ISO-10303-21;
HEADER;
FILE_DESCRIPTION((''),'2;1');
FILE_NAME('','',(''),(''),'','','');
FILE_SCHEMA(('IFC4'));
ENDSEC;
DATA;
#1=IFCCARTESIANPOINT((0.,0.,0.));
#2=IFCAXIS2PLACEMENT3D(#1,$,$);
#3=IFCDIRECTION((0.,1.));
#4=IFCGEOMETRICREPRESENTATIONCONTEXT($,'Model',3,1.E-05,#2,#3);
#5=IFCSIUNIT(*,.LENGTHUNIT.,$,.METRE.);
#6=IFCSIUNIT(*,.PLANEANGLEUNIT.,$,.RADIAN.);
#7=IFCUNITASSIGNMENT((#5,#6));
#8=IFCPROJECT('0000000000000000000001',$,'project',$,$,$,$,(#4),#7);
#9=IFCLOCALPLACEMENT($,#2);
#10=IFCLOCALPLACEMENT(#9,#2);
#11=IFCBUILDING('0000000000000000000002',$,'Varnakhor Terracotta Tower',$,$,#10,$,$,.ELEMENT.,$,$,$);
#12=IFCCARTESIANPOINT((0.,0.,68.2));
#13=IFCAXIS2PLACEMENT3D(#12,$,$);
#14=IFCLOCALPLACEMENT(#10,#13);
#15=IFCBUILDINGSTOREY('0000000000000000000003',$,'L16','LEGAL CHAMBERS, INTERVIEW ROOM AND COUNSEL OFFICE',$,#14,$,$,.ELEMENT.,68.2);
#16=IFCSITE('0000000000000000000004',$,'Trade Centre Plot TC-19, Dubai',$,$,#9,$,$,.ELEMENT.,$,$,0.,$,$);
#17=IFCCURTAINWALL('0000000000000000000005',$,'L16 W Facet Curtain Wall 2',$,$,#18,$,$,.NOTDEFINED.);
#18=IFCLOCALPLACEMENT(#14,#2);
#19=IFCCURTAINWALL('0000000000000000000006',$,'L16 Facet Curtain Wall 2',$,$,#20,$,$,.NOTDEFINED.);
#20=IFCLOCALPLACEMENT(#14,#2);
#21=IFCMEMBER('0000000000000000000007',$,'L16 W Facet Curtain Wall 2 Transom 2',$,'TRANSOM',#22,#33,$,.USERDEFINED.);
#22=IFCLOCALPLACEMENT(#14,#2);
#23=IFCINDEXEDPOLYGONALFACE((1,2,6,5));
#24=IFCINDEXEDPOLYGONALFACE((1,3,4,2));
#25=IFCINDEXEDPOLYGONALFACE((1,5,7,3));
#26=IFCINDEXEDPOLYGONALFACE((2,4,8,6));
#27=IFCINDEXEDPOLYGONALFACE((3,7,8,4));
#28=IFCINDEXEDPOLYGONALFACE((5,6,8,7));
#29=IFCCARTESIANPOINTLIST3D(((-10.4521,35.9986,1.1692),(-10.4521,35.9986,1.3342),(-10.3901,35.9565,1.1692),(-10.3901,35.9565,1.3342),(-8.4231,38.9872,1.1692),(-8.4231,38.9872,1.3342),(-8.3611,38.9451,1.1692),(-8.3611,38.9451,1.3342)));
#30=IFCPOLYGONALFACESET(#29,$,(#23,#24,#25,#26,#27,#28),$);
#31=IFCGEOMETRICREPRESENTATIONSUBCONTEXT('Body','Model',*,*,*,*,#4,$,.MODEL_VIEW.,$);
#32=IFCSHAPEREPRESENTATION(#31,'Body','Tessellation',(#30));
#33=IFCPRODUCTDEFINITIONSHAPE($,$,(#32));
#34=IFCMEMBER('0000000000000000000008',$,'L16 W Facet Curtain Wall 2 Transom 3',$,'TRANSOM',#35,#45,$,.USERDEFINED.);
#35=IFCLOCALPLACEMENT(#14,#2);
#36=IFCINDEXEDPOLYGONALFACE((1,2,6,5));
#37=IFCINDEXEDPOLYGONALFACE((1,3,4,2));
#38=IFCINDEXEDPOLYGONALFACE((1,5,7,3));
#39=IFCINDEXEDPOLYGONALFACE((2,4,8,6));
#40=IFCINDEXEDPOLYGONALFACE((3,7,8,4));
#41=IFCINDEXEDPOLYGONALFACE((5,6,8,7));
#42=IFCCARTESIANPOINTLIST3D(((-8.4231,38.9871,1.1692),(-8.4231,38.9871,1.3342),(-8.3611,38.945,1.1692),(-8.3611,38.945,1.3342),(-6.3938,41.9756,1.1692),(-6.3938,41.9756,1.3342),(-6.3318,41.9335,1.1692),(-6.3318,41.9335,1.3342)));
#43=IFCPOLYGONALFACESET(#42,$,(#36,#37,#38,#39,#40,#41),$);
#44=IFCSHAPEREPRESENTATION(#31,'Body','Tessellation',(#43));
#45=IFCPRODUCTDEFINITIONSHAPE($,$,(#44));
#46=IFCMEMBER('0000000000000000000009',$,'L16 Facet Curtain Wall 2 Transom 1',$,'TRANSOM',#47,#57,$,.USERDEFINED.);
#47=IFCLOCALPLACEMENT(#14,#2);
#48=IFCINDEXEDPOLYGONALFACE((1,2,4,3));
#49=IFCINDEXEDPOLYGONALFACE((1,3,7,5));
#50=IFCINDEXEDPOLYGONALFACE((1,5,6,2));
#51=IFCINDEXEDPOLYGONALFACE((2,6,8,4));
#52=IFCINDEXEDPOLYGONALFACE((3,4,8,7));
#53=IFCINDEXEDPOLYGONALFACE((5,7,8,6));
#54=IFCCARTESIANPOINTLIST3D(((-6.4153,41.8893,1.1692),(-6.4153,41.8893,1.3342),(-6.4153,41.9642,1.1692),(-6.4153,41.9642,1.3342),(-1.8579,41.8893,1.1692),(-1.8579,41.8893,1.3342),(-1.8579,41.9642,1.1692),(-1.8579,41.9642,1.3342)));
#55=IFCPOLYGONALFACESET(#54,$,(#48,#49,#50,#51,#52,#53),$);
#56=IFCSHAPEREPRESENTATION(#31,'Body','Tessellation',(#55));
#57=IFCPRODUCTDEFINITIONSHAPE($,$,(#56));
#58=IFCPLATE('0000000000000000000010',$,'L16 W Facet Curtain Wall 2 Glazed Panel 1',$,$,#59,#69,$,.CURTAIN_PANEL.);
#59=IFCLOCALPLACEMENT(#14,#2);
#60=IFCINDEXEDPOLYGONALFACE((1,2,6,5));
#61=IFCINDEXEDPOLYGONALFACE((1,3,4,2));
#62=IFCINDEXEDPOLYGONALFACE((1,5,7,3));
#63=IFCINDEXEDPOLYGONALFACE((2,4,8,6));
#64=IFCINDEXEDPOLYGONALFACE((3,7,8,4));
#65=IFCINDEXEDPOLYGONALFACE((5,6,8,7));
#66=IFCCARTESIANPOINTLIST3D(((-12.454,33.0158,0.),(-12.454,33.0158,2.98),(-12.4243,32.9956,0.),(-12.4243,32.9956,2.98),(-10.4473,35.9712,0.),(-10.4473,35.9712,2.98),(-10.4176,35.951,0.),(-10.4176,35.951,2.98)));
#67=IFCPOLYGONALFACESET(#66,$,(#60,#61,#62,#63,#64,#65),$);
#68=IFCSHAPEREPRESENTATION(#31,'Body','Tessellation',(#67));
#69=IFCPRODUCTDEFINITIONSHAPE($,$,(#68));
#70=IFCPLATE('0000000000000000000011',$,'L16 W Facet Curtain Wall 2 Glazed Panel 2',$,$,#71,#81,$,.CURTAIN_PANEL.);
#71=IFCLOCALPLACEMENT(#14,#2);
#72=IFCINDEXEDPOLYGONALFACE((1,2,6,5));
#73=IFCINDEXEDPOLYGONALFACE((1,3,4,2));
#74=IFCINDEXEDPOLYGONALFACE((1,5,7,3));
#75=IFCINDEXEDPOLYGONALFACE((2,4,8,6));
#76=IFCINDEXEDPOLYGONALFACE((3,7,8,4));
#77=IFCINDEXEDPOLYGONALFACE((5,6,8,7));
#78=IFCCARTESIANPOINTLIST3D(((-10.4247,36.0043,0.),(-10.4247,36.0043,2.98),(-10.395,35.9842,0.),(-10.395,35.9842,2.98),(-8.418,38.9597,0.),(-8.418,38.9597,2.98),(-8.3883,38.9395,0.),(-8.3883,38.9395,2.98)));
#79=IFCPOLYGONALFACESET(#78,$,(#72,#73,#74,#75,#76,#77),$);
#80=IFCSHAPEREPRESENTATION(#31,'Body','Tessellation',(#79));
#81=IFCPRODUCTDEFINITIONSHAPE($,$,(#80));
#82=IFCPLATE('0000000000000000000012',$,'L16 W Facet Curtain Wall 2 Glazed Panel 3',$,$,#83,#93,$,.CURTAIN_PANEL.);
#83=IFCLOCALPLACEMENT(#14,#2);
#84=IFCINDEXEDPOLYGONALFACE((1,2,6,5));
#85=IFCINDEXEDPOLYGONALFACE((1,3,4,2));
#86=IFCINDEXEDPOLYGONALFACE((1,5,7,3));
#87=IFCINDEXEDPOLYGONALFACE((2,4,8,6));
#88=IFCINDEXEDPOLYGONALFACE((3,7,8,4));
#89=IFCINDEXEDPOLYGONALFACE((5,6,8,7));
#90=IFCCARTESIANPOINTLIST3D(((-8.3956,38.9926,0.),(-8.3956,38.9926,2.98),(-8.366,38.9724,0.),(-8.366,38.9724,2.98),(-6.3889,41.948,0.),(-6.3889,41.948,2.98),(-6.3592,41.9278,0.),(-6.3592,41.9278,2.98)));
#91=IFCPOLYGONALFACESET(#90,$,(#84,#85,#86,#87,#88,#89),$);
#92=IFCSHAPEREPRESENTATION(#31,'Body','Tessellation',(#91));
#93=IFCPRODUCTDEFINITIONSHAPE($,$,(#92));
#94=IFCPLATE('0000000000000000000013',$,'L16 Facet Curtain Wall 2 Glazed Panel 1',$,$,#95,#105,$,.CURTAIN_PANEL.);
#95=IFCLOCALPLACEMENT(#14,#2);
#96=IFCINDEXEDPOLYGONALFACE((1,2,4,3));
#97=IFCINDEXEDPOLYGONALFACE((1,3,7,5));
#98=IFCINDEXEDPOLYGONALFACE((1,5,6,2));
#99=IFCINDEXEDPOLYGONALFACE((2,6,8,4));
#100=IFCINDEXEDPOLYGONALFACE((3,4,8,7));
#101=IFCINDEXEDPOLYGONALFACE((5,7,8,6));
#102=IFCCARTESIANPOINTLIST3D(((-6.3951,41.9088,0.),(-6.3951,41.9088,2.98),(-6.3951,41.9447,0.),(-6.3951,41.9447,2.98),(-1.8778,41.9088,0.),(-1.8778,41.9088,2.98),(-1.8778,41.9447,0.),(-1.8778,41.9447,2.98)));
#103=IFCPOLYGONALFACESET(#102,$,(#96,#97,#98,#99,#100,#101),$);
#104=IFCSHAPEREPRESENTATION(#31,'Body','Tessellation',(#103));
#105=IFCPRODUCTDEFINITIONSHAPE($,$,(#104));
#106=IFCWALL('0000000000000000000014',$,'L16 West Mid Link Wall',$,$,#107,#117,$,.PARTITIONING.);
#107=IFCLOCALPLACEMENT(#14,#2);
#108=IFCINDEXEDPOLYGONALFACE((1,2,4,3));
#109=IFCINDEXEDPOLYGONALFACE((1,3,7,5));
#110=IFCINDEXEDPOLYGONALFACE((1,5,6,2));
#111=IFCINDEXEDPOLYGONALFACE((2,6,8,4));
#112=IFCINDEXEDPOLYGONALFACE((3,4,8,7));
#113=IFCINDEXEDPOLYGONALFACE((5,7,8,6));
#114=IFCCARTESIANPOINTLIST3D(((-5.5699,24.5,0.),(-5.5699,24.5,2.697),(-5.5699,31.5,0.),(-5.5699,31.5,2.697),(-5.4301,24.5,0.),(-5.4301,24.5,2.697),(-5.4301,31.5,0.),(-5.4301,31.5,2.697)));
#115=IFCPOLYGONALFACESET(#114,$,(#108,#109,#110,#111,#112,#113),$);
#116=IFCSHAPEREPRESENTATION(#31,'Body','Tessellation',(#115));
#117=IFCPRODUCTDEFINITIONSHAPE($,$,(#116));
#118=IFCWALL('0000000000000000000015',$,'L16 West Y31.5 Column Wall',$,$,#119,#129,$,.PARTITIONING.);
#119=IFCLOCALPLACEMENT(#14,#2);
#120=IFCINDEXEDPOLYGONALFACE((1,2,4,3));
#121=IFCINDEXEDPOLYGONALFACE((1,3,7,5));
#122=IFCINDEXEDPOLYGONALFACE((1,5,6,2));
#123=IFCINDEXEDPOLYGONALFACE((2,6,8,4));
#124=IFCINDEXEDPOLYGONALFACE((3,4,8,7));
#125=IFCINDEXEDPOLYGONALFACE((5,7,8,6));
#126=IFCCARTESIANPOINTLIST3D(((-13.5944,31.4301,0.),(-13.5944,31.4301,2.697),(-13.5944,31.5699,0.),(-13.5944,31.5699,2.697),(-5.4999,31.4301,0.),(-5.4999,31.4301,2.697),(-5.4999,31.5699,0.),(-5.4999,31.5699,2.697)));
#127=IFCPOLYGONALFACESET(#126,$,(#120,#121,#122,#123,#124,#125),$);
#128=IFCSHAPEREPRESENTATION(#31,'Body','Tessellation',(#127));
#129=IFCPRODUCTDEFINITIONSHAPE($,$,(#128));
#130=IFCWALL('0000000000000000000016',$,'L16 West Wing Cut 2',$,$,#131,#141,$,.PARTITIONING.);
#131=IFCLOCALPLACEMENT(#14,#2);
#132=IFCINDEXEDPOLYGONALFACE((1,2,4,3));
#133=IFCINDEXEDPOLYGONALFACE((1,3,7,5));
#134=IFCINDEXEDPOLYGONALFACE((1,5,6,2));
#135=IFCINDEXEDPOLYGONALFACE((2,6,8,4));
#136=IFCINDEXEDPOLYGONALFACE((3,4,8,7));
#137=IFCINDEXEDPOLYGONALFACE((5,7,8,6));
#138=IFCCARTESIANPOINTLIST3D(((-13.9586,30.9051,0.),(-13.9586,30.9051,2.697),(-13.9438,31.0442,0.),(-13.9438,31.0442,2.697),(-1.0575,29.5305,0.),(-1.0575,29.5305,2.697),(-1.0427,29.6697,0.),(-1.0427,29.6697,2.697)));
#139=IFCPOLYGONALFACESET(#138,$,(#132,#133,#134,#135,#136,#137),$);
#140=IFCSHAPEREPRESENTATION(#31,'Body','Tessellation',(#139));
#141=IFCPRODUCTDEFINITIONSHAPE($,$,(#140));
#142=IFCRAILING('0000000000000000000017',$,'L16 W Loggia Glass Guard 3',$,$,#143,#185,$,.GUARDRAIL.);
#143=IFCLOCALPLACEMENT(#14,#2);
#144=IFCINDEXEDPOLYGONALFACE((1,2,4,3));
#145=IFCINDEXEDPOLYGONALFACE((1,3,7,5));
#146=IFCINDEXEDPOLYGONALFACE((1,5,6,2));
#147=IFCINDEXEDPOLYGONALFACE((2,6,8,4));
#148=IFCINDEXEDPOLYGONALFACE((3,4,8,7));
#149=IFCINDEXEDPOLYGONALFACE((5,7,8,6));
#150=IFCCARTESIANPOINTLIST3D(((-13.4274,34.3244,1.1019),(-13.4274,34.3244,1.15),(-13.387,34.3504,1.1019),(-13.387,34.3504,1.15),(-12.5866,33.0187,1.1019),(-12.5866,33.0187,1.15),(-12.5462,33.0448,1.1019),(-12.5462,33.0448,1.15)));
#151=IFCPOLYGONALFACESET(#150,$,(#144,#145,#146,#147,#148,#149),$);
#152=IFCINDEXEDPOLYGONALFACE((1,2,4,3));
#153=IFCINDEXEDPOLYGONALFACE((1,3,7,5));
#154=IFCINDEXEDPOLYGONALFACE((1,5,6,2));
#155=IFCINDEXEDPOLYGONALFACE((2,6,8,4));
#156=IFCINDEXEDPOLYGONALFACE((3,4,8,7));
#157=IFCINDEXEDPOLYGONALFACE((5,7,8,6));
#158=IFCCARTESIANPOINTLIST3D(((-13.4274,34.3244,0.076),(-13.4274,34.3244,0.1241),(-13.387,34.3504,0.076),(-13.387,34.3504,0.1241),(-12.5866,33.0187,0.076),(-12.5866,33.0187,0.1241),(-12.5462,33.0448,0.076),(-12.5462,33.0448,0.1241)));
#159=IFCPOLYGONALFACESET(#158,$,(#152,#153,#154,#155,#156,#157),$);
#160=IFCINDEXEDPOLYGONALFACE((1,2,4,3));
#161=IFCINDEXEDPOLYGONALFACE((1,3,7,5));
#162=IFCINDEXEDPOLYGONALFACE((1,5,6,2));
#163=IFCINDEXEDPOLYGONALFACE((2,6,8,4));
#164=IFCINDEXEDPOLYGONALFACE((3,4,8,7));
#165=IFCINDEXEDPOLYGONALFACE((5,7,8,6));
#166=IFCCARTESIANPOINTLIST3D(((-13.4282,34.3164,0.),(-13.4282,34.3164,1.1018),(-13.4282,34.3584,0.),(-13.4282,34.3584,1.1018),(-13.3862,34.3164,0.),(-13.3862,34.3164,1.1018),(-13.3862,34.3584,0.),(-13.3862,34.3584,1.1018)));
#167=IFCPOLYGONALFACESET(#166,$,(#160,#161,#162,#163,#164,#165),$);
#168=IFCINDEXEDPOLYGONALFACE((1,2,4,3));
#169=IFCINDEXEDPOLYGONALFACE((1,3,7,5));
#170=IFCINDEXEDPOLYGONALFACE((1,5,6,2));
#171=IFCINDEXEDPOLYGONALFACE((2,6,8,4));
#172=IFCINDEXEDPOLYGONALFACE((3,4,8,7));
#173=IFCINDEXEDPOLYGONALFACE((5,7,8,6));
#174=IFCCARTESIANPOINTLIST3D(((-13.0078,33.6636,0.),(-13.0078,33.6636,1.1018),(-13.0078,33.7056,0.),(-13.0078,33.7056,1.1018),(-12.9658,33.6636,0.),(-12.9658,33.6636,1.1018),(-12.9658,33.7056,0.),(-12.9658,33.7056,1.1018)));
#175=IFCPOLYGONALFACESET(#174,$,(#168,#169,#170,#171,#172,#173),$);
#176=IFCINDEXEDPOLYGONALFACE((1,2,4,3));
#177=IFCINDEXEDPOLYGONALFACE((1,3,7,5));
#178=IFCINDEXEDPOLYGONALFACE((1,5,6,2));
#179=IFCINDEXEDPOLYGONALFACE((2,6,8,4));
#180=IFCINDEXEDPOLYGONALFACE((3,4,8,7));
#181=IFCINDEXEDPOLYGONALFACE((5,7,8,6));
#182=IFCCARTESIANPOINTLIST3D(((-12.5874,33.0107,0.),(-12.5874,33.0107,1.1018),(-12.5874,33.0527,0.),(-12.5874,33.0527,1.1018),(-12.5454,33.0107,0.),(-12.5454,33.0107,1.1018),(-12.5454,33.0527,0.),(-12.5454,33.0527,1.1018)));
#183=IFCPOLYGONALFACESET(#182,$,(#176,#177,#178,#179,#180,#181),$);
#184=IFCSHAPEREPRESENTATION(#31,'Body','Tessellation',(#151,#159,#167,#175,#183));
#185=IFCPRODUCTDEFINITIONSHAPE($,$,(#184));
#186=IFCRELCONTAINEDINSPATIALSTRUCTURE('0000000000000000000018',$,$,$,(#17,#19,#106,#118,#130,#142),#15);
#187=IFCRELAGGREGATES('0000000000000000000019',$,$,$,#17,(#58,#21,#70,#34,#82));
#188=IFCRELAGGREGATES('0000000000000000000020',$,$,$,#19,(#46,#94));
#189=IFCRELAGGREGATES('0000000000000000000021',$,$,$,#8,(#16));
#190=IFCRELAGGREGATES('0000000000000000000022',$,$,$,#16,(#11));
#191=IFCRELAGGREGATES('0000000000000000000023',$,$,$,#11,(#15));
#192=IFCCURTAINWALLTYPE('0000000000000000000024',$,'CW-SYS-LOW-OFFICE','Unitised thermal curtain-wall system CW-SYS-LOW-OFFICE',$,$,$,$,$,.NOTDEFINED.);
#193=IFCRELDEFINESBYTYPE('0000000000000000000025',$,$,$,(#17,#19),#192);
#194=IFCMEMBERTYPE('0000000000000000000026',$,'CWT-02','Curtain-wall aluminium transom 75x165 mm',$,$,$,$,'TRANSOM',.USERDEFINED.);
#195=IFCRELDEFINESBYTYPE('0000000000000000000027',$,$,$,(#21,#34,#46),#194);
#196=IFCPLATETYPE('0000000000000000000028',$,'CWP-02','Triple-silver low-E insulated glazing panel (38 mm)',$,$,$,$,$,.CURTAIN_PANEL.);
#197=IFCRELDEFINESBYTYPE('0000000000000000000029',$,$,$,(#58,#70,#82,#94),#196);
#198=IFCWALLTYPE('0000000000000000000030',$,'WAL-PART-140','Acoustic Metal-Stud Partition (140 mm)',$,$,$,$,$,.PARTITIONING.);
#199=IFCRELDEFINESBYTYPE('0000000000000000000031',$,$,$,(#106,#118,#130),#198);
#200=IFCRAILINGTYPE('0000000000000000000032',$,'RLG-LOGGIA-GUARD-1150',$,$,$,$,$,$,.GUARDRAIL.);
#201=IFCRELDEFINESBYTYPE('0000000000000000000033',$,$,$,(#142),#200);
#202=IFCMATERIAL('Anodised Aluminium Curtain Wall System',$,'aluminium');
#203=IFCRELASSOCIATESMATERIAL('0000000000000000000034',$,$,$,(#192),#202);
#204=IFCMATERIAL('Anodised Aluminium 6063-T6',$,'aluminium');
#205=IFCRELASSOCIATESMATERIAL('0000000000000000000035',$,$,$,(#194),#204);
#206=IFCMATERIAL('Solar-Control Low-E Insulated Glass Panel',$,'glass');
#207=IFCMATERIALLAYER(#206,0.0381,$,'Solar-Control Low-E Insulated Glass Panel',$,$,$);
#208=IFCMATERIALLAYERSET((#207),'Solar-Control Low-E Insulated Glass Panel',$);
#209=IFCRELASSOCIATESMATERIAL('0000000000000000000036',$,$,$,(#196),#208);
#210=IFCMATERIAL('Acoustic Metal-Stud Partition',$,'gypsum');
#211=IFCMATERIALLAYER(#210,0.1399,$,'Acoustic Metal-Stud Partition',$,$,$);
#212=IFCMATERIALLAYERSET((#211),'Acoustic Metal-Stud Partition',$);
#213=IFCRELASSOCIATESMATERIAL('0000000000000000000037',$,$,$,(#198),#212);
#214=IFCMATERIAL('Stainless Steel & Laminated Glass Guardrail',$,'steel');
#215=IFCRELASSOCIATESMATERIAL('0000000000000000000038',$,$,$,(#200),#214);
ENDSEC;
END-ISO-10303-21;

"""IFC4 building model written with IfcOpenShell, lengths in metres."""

from ifc_helpers import new_model, si_unit, direction, frame, frame_2d, origin, origin_2d, place, context, subcontext, project, spatial, rectangle, extrude, source, transform, mapped, material, layer, layer_set, material_profile, profile_set, type_object, element, aggregate, save


model = new_model("IFC4")

# Units and contexts
model_context = context("Model", 3, precision=1e-05, world=origin(), true_north=direction((0.0, 1.0)))
body_context = subcontext(model_context, "Body", "Model", "MODEL_VIEW")
ifc_project = project(units=[si_unit("LENGTHUNIT", "METRE"), si_unit("PLANEANGLEUNIT", "RADIAN")], contexts=[model_context])

# Site, building, storey
site_placement = place(None, origin())
site = spatial("IfcSite", under=ifc_project, at=site_placement, Name="Trade Centre Plot TC-19, Dubai", CompositionType="ELEMENT", RefElevation=0.0)
building_placement = place(site_placement, origin())
building = spatial("IfcBuilding", under=site, at=building_placement, Name="Varnakhor Terracotta Tower", CompositionType="ELEMENT")
storey_placement = place(building_placement, frame((0.0, 0.0, 68.2)))
storey = spatial("IfcBuildingStorey", under=building, at=storey_placement, Name="L16", Description="LEGAL CHAMBERS, INTERVIEW ROOM AND COUNSEL OFFICE", CompositionType="ELEMENT", Elevation=68.2)

# Curtain walls
ifc_material_1 = material(Name="Anodised Aluminium Curtain Wall System", Category="aluminium")
curtain_wall_type = type_object("IfcCurtainWallType", Name="CW-SYS-LOW-OFFICE", Description="Unitised thermal curtain-wall system CW-SYS-LOW-OFFICE", PredefinedType="NOTDEFINED", material=ifc_material_1)
curtain_wall_1_placement = place(storey_placement, origin())
curtain_wall_1 = element("IfcCurtainWall", 1, at=curtain_wall_1_placement, inside=storey, type_object=curtain_wall_type, Name="L16 W Facet Curtain Wall 2", PredefinedType="NOTDEFINED")
ifc_material_2 = material(Name="Anodised Aluminium 6063-T6", Category="aluminium")
curtain_wall_2_placement = place(storey_placement, origin())
curtain_wall_2 = element("IfcCurtainWall", 2, at=curtain_wall_2_placement, inside=storey, type_object=curtain_wall_type, Name="L16 Facet Curtain Wall 2", PredefinedType="NOTDEFINED")

# Members
ifc_material_profile_1 = material_profile(ifc_material_2, rectangle(XDim=0.075, YDim=0.165, at=origin_2d()), Name="ALU TRANSOM 75x165")
ifc_profile_set_1 = profile_set([ifc_material_profile_1], Name="Anodised Aluminium 6063-T6")
member_type_1 = type_object("IfcMemberType", Name="CWT-02", Description="Curtain-wall aluminium transom 75x165 mm", ElementType="TRANSOM", PredefinedType="USERDEFINED", material=ifc_profile_set_1)
shared_shape_1 = source(origin(), body_context, "Body", "SweptSolid", [
    extrude(rectangle(XDim=0.075, YDim=0.165, at=origin_2d()), origin(), (0.0, 0.0, 1.0), 3.6123),
])
member_1_placement = place(storey_placement, frame((-10.4211, 35.9775, 1.2517), z_axis=(0.561715, 0.827331, 0.0), x_axis=(-0.827331, 0.561715, 0.0)))
member_1 = element("IfcMember", 3, at=member_1_placement, type_object=member_type_1, Name="L16 W Facet Curtain Wall 2 Transom 2", ObjectType="TRANSOM", PredefinedType="USERDEFINED", context=body_context, shape_type="MappedRepresentation", body=[
    mapped(shared_shape_1, transform((0.0, 0.0, 0.0), scale=1.0)),
])
member_2_placement = place(storey_placement, frame((-8.3921, 38.9661, 1.2517), z_axis=(0.561761, 0.8273, 0.0), x_axis=(-0.8273, 0.561761, 0.0)))
member_2 = element("IfcMember", 4, at=member_2_placement, type_object=member_type_1, Name="L16 W Facet Curtain Wall 2 Transom 3", ObjectType="TRANSOM", PredefinedType="USERDEFINED", context=body_context, shape_type="MappedRepresentation", body=[
    mapped(shared_shape_1, transform((0.0, 0.0, 0.0), scale=1.0)),
])
shared_shape_2 = source(origin(), body_context, "Body", "SweptSolid", [
    extrude(rectangle(XDim=0.075, YDim=0.165, at=origin_2d()), origin(), (0.0, 0.0, 1.0), 4.5574),
])
member_3_placement = place(storey_placement, frame((-6.4153, 41.9268, 1.2517), z_axis=(1.0, 0.0, 0.0), x_axis=(0.0, 1.0, 0.0)))
member_3 = element("IfcMember", 5, at=member_3_placement, type_object=member_type_1, Name="L16 Facet Curtain Wall 2 Transom 1", ObjectType="TRANSOM", PredefinedType="USERDEFINED", context=body_context, shape_type="MappedRepresentation", body=[
    mapped(shared_shape_2, transform((0.0, 0.0, 0.0), scale=1.0)),
])

# Plates
ifc_material_3 = material(Name="Solar-Control Low-E Insulated Glass Panel", Category="glass")
ifc_layer_1 = layer(ifc_material_3, 0.0381, Name="Solar-Control Low-E Insulated Glass Panel")
ifc_layer_set_1 = layer_set([ifc_layer_1], Name="Solar-Control Low-E Insulated Glass Panel")
plate_type = type_object("IfcPlateType", Name="CWP-02", Description="Triple-silver low-E insulated glazing panel (38 mm)", PredefinedType="CURTAIN_PANEL", material=ifc_layer_set_1)
shared_shape_3 = source(origin(), body_context, "Body", "SweptSolid", [
    extrude(rectangle(XDim=3.5723, YDim=0.0359, at=origin_2d()), origin(), (0.0, 0.0, 1.0), 2.98),
])
plate_1_placement = place(storey_placement, frame((-11.4358, 34.4834, 0.0), z_axis=(0.0, 0.0, 1.0), x_axis=(0.561751, 0.827306, 0.0)))
plate_1 = element("IfcPlate", 6, at=plate_1_placement, type_object=plate_type, Name="L16 W Facet Curtain Wall 2 Glazed Panel 1", PredefinedType="CURTAIN_PANEL", context=body_context, shape_type="MappedRepresentation", body=[
    mapped(shared_shape_3, transform((0.0, 0.0, 0.0), scale=1.0)),
])
plate_2_placement = place(storey_placement, frame((-9.4065, 37.4719, 0.0), z_axis=(0.0, 0.0, 1.0), x_axis=(0.561751, 0.827306, 0.0)))
plate_2 = element("IfcPlate", 7, at=plate_2_placement, type_object=plate_type, Name="L16 W Facet Curtain Wall 2 Glazed Panel 2", PredefinedType="CURTAIN_PANEL", context=body_context, shape_type="MappedRepresentation", body=[
    mapped(shared_shape_3, transform((0.0, 0.0, 0.0), scale=1.0)),
])
plate_3_placement = place(storey_placement, frame((-7.3774, 40.4602, 0.0), z_axis=(0.0, 0.0, 1.0), x_axis=(0.561751, 0.827306, 0.0)))
plate_3 = element("IfcPlate", 8, at=plate_3_placement, type_object=plate_type, Name="L16 W Facet Curtain Wall 2 Glazed Panel 3", PredefinedType="CURTAIN_PANEL", context=body_context, shape_type="MappedRepresentation", body=[
    mapped(shared_shape_3, transform((0.0, 0.0, 0.0), scale=1.0)),
])
aggregate(curtain_wall_1, [plate_1, member_1, plate_2, member_2, plate_3])
shared_shape_4 = source(origin(), body_context, "Body", "SweptSolid", [
    extrude(rectangle(XDim=4.5173, YDim=0.0359, at=origin_2d()), origin(), (0.0, 0.0, 1.0), 2.98),
])
plate_4_placement = place(storey_placement, frame((-4.1365, 41.9268, 0.0), z_axis=(0.0, 0.0, 1.0), x_axis=(1.0, 0.0, 0.0)))
plate_4 = element("IfcPlate", 9, at=plate_4_placement, type_object=plate_type, Name="L16 Facet Curtain Wall 2 Glazed Panel 1", PredefinedType="CURTAIN_PANEL", context=body_context, shape_type="MappedRepresentation", body=[
    mapped(shared_shape_4, transform((0.0, 0.0, 0.0), scale=1.0)),
])
aggregate(curtain_wall_2, [member_3, plate_4])

# Walls
ifc_material_4 = material(Name="Acoustic Metal-Stud Partition", Category="gypsum")
ifc_layer_2 = layer(ifc_material_4, 0.1399, Name="Acoustic Metal-Stud Partition")
ifc_layer_set_2 = layer_set([ifc_layer_2], Name="Acoustic Metal-Stud Partition")
wall_type = type_object("IfcWallType", Name="WAL-PART-140", Description="Acoustic Metal-Stud Partition (140 mm)", PredefinedType="PARTITIONING", material=ifc_layer_set_2)
wall_1_placement = place(storey_placement, frame((-5.5, 24.5, 0.0), z_axis=(0.0, 0.0, 1.0), x_axis=(0.0, 1.0, 0.0)))
element("IfcWall", 10, at=wall_1_placement, inside=storey, type_object=wall_type, Name="L16 West Mid Link Wall", PredefinedType="PARTITIONING", context=body_context, shape_type="SweptSolid", body=[
    extrude(rectangle(XDim=7.0, YDim=0.1399, at=frame_2d((3.5, 0.0))), origin(), (0.0, 0.0, 1.0), 2.697),
])
wall_2_placement = place(storey_placement, frame((-13.5945, 31.5, 0.0), z_axis=(0.0, 0.0, 1.0), x_axis=(1.0, 0.0, 0.0)))
element("IfcWall", 11, at=wall_2_placement, inside=storey, type_object=wall_type, Name="L16 West Y31.5 Column Wall", PredefinedType="PARTITIONING", context=body_context, shape_type="SweptSolid", body=[
    extrude(rectangle(XDim=8.0945, YDim=0.1399, at=frame_2d((4.0474, 0.0))), origin(), (0.0, 0.0, 1.0), 2.697),
])
wall_3_placement = place(storey_placement, frame((-13.9512, 30.9746, 0.0), z_axis=(0.0, 0.0, 1.0), x_axis=(0.994372, -0.105942, 0.0)))
element("IfcWall", 12, at=wall_3_placement, inside=storey, type_object=wall_type, Name="L16 West Wing Cut 2", PredefinedType="PARTITIONING", context=body_context, shape_type="SweptSolid", body=[
    extrude(rectangle(XDim=12.9741, YDim=0.1399, at=frame_2d((6.4871, 0.0))), origin(), (0.0, 0.0, 1.0), 2.697),
])

# Railing
ifc_material_5 = material(Name="Stainless Steel & Laminated Glass Guardrail", Category="steel")
railing_type = type_object("IfcRailingType", Name="RLG-LOGGIA-GUARD-1150", PredefinedType="GUARDRAIL", material=ifc_material_5)
railing_placement = place(storey_placement, frame((-13.4072, 34.3374, 0.0)))
element("IfcRailing", 13, at=railing_placement, inside=storey, type_object=railing_type, Name="L16 W Loggia Glass Guard 3", PredefinedType="GUARDRAIL", context=body_context, shape_type="SweptSolid", body=[
    extrude(rectangle(XDim=0.0481, YDim=0.0481, at=origin_2d()), frame((0.0, 0.0, 1.126), z_axis=(0.541425, -0.840749, 0.0), x_axis=(0.840749, 0.541425, 0.0)), (0.0, 0.0, 1.0), 1.553),
    extrude(rectangle(XDim=0.0481, YDim=0.0481, at=origin_2d()), frame((0.0, 0.0, 0.1001), z_axis=(0.541425, -0.840749, 0.0), x_axis=(0.840749, 0.541425, 0.0)), (0.0, 0.0, 1.0), 1.553),
    extrude(rectangle(XDim=0.042, YDim=0.042, at=origin_2d()), origin(), (0.0, 0.0, 1.0), 1.1018),
    extrude(rectangle(XDim=0.042, YDim=0.042, at=origin_2d()), frame((0.4204, -0.6528, 0.0)), (0.0, 0.0, 1.0), 1.1018),
    extrude(rectangle(XDim=0.042, YDim=0.042, at=origin_2d()), frame((0.8408, -1.3057, 0.0)), (0.0, 0.0, 1.0), 1.1018),
])

save(model, "model.ifc")
